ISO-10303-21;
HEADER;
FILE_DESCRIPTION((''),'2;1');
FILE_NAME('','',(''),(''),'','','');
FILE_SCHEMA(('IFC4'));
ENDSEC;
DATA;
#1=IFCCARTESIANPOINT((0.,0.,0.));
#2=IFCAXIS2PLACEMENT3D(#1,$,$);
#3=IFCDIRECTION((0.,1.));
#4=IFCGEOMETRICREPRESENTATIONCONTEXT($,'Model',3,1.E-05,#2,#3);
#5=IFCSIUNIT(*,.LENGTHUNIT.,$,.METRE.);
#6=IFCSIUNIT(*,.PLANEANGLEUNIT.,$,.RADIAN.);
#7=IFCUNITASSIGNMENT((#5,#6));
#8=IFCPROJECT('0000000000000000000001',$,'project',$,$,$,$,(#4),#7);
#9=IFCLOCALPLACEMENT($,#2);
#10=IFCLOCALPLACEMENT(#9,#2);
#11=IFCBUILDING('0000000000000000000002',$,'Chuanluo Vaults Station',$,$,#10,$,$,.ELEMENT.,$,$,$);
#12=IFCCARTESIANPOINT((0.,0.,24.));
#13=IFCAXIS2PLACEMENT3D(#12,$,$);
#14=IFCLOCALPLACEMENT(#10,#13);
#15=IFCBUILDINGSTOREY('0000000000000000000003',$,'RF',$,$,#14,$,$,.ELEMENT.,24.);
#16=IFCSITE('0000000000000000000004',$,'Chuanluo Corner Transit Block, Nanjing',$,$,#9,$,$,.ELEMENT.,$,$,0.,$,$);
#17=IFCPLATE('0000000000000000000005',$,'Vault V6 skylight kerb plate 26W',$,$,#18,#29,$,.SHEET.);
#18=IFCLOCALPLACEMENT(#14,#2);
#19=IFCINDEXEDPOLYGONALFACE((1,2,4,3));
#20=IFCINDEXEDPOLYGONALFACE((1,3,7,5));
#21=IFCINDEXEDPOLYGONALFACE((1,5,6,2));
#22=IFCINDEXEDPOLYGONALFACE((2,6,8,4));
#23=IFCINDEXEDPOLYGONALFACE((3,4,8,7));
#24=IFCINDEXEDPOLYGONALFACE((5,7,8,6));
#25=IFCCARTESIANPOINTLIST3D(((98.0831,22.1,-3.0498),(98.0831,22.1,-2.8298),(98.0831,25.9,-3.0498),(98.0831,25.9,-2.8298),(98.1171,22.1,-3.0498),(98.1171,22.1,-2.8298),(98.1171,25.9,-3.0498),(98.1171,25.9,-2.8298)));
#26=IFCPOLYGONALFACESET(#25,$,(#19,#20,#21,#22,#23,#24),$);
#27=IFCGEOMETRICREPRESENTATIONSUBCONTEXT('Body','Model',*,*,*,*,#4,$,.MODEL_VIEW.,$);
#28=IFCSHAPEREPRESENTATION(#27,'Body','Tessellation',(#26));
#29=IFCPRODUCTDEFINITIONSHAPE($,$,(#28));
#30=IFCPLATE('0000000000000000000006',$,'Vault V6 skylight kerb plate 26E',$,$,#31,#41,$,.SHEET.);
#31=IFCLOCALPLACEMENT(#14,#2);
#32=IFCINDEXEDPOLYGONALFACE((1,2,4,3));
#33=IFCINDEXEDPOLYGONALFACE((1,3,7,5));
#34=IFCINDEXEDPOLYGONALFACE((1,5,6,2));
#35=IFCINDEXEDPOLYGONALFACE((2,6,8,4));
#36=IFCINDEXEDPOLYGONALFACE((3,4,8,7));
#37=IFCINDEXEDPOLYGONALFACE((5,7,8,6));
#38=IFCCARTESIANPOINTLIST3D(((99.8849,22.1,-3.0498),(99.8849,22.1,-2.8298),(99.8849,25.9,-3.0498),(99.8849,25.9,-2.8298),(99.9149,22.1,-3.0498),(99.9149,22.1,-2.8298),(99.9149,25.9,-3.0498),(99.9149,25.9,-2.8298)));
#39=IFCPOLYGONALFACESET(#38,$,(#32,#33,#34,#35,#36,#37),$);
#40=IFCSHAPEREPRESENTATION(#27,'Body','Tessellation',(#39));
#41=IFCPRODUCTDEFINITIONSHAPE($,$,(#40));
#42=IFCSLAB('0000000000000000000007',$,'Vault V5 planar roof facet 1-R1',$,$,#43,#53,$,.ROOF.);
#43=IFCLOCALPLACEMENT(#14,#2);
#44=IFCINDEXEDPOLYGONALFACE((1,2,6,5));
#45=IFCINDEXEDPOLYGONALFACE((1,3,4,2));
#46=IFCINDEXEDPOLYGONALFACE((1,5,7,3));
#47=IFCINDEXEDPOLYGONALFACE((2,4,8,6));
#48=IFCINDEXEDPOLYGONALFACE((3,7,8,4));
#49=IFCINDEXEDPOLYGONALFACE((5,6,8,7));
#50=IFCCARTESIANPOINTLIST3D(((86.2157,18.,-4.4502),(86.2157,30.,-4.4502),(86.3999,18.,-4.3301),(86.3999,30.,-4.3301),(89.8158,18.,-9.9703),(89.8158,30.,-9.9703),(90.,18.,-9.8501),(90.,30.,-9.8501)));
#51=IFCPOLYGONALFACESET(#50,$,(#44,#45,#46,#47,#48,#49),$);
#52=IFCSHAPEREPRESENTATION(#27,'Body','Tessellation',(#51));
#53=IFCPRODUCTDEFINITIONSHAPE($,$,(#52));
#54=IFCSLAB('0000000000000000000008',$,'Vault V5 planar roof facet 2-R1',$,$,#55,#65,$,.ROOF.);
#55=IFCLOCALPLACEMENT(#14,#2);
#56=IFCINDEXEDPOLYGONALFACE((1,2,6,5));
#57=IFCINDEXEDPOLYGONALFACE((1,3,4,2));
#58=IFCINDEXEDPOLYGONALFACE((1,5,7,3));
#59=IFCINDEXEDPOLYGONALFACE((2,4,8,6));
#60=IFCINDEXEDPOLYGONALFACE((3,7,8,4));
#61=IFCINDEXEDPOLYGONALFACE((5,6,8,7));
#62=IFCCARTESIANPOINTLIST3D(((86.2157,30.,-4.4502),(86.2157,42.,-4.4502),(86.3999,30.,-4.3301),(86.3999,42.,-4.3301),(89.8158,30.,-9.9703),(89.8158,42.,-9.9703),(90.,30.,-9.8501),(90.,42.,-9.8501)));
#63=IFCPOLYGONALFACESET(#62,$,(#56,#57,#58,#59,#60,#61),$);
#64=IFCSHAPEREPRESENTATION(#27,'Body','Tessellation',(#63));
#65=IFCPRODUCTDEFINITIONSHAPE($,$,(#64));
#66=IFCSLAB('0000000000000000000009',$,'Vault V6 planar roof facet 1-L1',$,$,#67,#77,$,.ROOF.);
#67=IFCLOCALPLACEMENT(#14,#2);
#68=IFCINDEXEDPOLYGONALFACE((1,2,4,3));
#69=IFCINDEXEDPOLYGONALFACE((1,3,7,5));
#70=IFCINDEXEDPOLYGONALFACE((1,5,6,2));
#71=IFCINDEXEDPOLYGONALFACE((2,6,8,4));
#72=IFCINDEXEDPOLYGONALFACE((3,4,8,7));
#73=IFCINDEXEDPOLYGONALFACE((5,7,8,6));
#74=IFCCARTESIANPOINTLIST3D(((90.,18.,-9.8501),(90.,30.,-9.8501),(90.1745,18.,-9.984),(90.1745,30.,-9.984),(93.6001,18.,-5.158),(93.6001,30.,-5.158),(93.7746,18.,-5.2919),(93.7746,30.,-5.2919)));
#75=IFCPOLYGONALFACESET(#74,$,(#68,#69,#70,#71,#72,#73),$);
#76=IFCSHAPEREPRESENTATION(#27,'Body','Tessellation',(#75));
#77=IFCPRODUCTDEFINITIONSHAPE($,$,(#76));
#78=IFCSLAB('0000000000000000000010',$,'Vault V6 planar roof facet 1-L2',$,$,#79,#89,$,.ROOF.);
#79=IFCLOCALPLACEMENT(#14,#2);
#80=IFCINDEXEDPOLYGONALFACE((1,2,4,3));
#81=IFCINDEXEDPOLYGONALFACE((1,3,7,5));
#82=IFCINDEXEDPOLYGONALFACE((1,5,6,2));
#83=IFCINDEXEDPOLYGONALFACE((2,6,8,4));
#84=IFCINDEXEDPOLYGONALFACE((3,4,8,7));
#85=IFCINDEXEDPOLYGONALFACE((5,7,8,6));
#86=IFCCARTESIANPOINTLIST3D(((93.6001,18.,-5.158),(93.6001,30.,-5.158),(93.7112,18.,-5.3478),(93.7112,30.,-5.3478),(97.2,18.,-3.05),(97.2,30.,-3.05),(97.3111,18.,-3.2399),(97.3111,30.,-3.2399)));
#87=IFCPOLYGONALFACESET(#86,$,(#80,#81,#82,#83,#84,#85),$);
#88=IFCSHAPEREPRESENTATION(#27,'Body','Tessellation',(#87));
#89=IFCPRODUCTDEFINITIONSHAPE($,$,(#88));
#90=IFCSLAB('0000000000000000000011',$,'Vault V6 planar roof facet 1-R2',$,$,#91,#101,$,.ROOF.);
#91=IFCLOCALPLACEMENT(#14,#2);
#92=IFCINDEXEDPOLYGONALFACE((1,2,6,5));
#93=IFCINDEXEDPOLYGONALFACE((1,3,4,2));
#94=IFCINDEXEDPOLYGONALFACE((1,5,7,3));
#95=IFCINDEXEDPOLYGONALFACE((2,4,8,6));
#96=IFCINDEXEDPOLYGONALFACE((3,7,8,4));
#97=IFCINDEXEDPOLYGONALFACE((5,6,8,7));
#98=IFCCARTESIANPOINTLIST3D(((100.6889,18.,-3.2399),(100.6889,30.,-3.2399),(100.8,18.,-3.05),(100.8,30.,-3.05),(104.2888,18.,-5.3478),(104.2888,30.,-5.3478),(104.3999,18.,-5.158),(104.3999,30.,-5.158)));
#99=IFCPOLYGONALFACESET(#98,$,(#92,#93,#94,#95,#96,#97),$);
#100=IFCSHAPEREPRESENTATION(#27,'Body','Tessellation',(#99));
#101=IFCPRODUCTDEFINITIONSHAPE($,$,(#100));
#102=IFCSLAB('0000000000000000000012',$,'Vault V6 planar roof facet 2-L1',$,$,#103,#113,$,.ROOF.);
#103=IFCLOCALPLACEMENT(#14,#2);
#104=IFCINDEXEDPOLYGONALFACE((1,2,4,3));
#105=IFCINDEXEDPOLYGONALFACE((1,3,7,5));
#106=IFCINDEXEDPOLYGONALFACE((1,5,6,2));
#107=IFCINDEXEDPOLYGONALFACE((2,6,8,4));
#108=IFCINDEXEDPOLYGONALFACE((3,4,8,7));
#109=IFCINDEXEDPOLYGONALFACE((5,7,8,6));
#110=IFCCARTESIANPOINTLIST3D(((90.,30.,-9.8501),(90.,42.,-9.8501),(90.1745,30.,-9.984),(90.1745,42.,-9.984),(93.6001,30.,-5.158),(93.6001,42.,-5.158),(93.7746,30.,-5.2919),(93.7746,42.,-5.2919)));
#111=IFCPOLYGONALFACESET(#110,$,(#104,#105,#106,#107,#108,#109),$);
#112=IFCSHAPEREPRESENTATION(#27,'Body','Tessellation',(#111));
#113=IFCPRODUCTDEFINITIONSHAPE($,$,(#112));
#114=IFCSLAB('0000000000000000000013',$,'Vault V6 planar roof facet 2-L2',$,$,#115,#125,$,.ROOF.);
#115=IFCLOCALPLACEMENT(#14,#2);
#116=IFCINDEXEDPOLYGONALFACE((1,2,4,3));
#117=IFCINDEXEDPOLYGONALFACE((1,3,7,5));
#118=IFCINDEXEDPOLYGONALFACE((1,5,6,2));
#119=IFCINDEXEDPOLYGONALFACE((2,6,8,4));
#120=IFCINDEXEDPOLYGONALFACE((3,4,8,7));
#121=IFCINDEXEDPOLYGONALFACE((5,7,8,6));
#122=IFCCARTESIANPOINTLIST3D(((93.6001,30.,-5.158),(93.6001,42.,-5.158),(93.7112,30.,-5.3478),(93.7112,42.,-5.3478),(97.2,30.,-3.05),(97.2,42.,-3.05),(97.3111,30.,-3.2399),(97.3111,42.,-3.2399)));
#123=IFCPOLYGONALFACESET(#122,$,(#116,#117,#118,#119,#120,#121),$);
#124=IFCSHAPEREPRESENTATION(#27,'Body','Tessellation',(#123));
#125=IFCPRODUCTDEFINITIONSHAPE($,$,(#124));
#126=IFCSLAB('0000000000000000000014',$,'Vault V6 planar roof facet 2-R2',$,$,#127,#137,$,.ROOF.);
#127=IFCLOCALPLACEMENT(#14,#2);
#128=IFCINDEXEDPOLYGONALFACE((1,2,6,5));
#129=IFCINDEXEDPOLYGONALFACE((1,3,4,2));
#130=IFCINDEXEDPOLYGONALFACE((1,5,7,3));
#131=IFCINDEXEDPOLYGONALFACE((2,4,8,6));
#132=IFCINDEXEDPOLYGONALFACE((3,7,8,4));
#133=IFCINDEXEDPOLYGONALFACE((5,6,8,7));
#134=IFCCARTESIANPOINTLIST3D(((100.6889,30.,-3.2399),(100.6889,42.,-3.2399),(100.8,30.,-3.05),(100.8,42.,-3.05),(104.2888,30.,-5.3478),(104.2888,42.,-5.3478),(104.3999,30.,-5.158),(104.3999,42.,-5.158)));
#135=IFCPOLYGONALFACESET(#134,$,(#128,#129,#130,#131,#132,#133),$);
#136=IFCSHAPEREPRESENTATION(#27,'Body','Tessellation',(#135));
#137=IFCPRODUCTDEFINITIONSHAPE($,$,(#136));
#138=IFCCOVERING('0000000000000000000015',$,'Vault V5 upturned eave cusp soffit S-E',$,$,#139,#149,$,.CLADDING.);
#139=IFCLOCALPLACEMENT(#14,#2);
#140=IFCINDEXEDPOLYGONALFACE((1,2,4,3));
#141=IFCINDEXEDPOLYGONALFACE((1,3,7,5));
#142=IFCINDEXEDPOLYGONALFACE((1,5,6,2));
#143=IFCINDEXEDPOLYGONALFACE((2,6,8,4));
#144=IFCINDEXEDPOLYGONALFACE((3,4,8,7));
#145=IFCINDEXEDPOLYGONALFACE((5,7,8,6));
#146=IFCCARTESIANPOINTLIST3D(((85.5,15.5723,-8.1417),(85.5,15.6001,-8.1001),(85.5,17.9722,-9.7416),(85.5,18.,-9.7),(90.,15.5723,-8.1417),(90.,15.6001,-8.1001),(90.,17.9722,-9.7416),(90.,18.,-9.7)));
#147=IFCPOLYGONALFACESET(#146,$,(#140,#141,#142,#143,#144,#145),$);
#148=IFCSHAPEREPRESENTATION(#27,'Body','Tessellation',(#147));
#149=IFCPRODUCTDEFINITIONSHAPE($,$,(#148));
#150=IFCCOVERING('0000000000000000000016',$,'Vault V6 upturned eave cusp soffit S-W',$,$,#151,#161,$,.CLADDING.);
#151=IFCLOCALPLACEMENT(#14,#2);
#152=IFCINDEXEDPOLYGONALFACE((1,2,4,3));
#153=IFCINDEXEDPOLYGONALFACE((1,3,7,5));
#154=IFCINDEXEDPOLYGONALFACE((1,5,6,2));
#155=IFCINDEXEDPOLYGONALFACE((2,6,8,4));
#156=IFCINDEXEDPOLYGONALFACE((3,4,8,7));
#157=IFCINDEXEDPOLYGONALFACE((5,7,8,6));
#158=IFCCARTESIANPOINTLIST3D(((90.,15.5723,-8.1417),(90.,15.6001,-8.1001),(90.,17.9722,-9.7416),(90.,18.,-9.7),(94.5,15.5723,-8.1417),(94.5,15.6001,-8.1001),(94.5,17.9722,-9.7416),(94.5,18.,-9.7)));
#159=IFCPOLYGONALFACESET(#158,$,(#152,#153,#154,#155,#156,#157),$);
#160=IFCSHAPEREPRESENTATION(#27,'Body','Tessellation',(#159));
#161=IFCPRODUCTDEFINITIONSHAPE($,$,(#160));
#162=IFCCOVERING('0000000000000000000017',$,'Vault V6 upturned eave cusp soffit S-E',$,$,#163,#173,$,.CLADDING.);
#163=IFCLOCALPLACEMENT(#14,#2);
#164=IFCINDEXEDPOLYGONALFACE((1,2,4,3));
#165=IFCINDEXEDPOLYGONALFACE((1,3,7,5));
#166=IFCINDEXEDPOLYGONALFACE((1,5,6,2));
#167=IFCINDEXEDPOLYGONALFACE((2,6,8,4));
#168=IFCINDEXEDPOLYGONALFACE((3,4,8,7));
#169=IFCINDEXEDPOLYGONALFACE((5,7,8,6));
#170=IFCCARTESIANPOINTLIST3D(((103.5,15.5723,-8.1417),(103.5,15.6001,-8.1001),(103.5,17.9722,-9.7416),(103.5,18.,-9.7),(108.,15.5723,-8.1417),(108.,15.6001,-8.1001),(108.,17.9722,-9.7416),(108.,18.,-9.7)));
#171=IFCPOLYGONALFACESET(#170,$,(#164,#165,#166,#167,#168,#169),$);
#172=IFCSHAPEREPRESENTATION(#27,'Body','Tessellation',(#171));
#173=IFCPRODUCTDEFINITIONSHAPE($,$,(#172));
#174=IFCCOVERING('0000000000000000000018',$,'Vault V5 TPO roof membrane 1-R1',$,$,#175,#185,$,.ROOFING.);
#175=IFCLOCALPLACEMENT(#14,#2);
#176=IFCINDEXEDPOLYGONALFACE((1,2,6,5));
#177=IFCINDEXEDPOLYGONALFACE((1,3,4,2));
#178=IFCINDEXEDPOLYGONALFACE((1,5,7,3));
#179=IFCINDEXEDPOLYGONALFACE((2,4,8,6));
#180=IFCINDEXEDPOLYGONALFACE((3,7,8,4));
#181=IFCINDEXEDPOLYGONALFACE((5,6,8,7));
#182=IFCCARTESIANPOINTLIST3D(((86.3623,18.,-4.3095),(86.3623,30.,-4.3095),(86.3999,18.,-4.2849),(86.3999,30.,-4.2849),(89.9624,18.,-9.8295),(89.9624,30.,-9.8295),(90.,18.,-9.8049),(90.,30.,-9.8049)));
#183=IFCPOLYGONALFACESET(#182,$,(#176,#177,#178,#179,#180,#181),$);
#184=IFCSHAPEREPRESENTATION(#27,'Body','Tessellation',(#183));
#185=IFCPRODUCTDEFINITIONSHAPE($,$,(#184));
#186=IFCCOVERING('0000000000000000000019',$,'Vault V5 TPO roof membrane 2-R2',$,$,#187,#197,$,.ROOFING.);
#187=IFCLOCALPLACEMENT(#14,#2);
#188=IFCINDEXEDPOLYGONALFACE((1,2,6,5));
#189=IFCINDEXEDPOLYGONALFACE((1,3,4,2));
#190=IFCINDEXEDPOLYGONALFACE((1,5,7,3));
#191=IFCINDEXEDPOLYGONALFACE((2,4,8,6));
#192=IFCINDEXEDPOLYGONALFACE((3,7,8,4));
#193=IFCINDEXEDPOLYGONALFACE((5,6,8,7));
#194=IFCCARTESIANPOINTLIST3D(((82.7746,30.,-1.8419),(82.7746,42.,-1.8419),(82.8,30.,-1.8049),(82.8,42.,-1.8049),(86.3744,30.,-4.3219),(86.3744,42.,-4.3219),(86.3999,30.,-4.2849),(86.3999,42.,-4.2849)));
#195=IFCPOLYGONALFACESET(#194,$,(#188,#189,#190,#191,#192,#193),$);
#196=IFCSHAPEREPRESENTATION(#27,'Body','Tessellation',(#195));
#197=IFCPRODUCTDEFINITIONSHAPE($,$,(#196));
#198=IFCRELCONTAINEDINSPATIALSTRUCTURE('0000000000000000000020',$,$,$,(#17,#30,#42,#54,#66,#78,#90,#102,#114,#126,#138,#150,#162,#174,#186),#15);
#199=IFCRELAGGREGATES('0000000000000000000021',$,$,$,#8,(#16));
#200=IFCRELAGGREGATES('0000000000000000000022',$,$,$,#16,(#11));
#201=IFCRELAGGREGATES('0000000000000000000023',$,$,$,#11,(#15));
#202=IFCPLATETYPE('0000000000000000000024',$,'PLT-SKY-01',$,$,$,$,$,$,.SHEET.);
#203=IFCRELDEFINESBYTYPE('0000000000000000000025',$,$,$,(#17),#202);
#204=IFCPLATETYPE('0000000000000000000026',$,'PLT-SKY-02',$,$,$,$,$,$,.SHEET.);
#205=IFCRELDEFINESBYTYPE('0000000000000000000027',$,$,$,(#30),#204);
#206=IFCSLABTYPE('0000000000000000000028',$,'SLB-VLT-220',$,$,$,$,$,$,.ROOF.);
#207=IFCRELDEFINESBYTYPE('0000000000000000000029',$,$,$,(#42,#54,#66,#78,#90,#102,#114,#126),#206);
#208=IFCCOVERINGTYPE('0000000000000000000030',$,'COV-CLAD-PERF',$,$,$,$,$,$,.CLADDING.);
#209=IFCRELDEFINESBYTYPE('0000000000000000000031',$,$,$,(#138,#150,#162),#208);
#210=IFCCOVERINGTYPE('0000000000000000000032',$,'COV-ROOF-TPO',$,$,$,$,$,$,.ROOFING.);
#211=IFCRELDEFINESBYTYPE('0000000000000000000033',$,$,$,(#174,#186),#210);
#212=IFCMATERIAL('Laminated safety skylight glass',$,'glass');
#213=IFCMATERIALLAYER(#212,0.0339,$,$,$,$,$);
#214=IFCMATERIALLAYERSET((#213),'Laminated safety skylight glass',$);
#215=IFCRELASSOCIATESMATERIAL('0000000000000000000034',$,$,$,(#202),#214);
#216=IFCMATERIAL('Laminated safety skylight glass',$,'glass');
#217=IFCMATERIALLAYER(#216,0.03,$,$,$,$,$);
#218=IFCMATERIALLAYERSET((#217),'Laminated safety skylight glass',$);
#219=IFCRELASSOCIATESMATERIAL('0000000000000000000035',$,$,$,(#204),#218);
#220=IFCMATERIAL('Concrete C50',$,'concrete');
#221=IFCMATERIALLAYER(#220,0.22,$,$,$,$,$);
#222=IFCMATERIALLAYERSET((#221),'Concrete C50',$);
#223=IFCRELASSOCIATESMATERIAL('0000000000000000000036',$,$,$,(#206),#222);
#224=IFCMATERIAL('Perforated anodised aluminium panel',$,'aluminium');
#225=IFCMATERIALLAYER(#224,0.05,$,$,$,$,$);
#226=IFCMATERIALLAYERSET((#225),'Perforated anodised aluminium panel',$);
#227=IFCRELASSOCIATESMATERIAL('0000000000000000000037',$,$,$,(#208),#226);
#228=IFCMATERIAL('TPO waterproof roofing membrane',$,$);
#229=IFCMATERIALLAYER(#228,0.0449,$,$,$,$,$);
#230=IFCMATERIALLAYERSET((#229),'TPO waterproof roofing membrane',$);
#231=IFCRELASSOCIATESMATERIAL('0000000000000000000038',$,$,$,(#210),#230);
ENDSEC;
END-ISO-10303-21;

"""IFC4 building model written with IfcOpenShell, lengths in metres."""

from ifc_helpers import new_model, si_unit, direction, frame, origin, origin_2d, place, context, subcontext, project, spatial, polyline, rectangle, outline, extrude, material, layer, layer_set, type_object, element, save


model = new_model("IFC4")

# Units and contexts
model_context = context("Model", 3, precision=1e-05, world=origin(), true_north=direction((0.0, 1.0)))
body_context = subcontext(model_context, "Body", "Model", "MODEL_VIEW")
ifc_project = project(units=[si_unit("LENGTHUNIT", "METRE"), si_unit("PLANEANGLEUNIT", "RADIAN")], contexts=[model_context])

# Site, building, storey
site_placement = place(None, origin())
site = spatial("IfcSite", under=ifc_project, at=site_placement, Name="Chuanluo Corner Transit Block, Nanjing", CompositionType="ELEMENT", RefElevation=0.0)
building_placement = place(site_placement, origin())
building = spatial("IfcBuilding", under=site, at=building_placement, Name="Chuanluo Vaults Station", CompositionType="ELEMENT")
storey_placement = place(building_placement, frame((0.0, 0.0, 24.0)))
storey = spatial("IfcBuildingStorey", under=building, at=storey_placement, Name="RF", CompositionType="ELEMENT", Elevation=24.0)

# Plates
ifc_material_1 = material(Name="Laminated safety skylight glass", Category="glass")
ifc_layer_1 = layer(ifc_material_1, 0.0339)
ifc_layer_set_1 = layer_set([ifc_layer_1], Name="Laminated safety skylight glass")
plate_type_1 = type_object("IfcPlateType", Name="PLT-SKY-01", PredefinedType="SHEET", material=ifc_layer_set_1)
plate_1_placement = place(storey_placement, frame((98.1001, 24.0, -3.0498), z_axis=(0.0, 0.0, 1.0), x_axis=(1.0, 0.0, 0.0)))
element("IfcPlate", 1, at=plate_1_placement, inside=storey, type_object=plate_type_1, Name="Vault V6 skylight kerb plate 26W", PredefinedType="SHEET", context=body_context, shape_type="SweptSolid", body=[
    extrude(rectangle(XDim=0.0339, YDim=3.8, at=origin_2d()), origin(), (0.0, 0.0, 1.0), 0.22),
])
ifc_material_2 = material(Name="Laminated safety skylight glass", Category="glass")
ifc_layer_2 = layer(ifc_material_2, 0.03)
ifc_layer_set_2 = layer_set([ifc_layer_2], Name="Laminated safety skylight glass")
plate_type_2 = type_object("IfcPlateType", Name="PLT-SKY-02", PredefinedType="SHEET", material=ifc_layer_set_2)
plate_2_placement = place(storey_placement, frame((99.8999, 24.0, -3.0498), z_axis=(0.0, 0.0, 1.0), x_axis=(1.0, 0.0, 0.0)))
element("IfcPlate", 2, at=plate_2_placement, inside=storey, type_object=plate_type_2, Name="Vault V6 skylight kerb plate 26E", PredefinedType="SHEET", context=body_context, shape_type="SweptSolid", body=[
    extrude(rectangle(XDim=0.03, YDim=3.8, at=origin_2d()), origin(), (0.0, 0.0, 1.0), 0.22),
])

# Slabs
ifc_material_3 = material(Name="Concrete C50", Category="concrete")
ifc_layer_3 = layer(ifc_material_3, 0.22)
ifc_layer_set_3 = layer_set([ifc_layer_3], Name="Concrete C50")
slab_type = type_object("IfcSlabType", Name="SLB-VLT-220", PredefinedType="ROOF", material=ifc_layer_set_3)
for number, where, z_axis, x_axis, name in (
    (3, (86.3999, 18.0, -4.3301), (0.837605, 0.0, 0.546277), (0.546277, 0.0, -0.837605), "Vault V5 planar roof facet 1-R1"),
    (4, (86.3999, 30.0, -4.3301), (0.837605, 0.0, 0.546277), (0.546277, 0.0, -0.837605), "Vault V5 planar roof facet 2-R1"),
):
    element("IfcSlab", number, at=place(storey_placement, frame(where, z_axis=z_axis, x_axis=x_axis)), inside=storey, type_object=slab_type, Name=name, PredefinedType="ROOF", context=body_context, shape_type="SweptSolid", body=[
        extrude(outline(polyline([(0.0, 0.0), (6.5902, 0.0), (6.5902, 12.0), (0.0, 12.0), (0.0, 0.0)])), origin(), (0.0, 0.0, -1.0), 0.22),
    ])
slab_1_placement = place(storey_placement, frame((90.0, 18.0, -9.8501), z_axis=(-0.793378, 0.0, 0.608729), x_axis=(0.608729, 0.0, 0.793378)))
element("IfcSlab", 5, at=slab_1_placement, inside=storey, type_object=slab_type, Name="Vault V6 planar roof facet 1-L1", PredefinedType="ROOF", context=body_context, shape_type="SweptSolid", body=[
    extrude(outline(polyline([(0.0, 0.0), (5.9141, 0.0), (5.9141, 12.0), (0.0, 12.0), (0.0, 0.0)])), origin(), (0.0, 0.0, -1.0), 0.22),
])
for number, where, z_axis, x_axis, name in (
    (6, (93.6001, 18.0, -5.158), (-0.5053, 0.0, 0.862944), (0.862944, 0.0, 0.5053), "Vault V6 planar roof facet 1-L2"),
    (7, (100.8, 18.0, -3.05), (0.5053, 0.0, 0.862944), (0.862944, 0.0, -0.5053), "Vault V6 planar roof facet 1-R2"),
):
    element("IfcSlab", number, at=place(storey_placement, frame(where, z_axis=z_axis, x_axis=x_axis)), inside=storey, type_object=slab_type, Name=name, PredefinedType="ROOF", context=body_context, shape_type="SweptSolid", body=[
        extrude(outline(polyline([(0.0, 0.0), (4.1716, 0.0), (4.1716, 12.0), (0.0, 12.0), (0.0, 0.0)])), origin(), (0.0, 0.0, -1.0), 0.22),
    ])
slab_2_placement = place(storey_placement, frame((90.0, 30.0, -9.8501), z_axis=(-0.793378, 0.0, 0.608729), x_axis=(0.608729, 0.0, 0.793378)))
element("IfcSlab", 8, at=slab_2_placement, inside=storey, type_object=slab_type, Name="Vault V6 planar roof facet 2-L1", PredefinedType="ROOF", context=body_context, shape_type="SweptSolid", body=[
    extrude(outline(polyline([(0.0, 0.0), (5.9141, 0.0), (5.9141, 12.0), (0.0, 12.0), (0.0, 0.0)])), origin(), (0.0, 0.0, -1.0), 0.22),
])
for number, where, z_axis, x_axis, name in (
    (9, (93.6001, 30.0, -5.158), (-0.5053, 0.0, 0.862944), (0.862944, 0.0, 0.5053), "Vault V6 planar roof facet 2-L2"),
    (10, (100.8, 30.0, -3.05), (0.5053, 0.0, 0.862944), (0.862944, 0.0, -0.5053), "Vault V6 planar roof facet 2-R2"),
):
    element("IfcSlab", number, at=place(storey_placement, frame(where, z_axis=z_axis, x_axis=x_axis)), inside=storey, type_object=slab_type, Name=name, PredefinedType="ROOF", context=body_context, shape_type="SweptSolid", body=[
        extrude(outline(polyline([(0.0, 0.0), (4.1716, 0.0), (4.1716, 12.0), (0.0, 12.0), (0.0, 0.0)])), origin(), (0.0, 0.0, -1.0), 0.22),
    ])

# Coverings
ifc_material_4 = material(Name="Perforated anodised aluminium panel", Category="aluminium")
ifc_layer_4 = layer(ifc_material_4, 0.05)
ifc_layer_set_4 = layer_set([ifc_layer_4], Name="Perforated anodised aluminium panel")
covering_type_1 = type_object("IfcCoveringType", Name="COV-CLAD-PERF", PredefinedType="CLADDING", material=ifc_layer_set_4)
for number, where, z_axis, x_axis, name in (
    (11, (85.5, 18.0, -9.7), (0.0, 0.554681, 0.832063), (1.0, 0.0, 0.0), "Vault V5 upturned eave cusp soffit S-E"),
    (12, (90.0, 18.0, -9.7), (0.0, 0.554681, 0.832063), (1.0, 0.0, 0.0), "Vault V6 upturned eave cusp soffit S-W"),
    (13, (103.5, 18.0, -9.7), (0.0, 0.554681, 0.832063), (1.0, 0.0, 0.0), "Vault V6 upturned eave cusp soffit S-E"),
):
    element("IfcCovering", number, at=place(storey_placement, frame(where, z_axis=z_axis, x_axis=x_axis)), inside=storey, type_object=covering_type_1, Name=name, PredefinedType="CLADDING", context=body_context, shape_type="SweptSolid", body=[
        extrude(outline(polyline([(0.0, 0.0), (4.5, 0.0), (4.5, -2.8843), (0.0, -2.8843), (0.0, 0.0)])), origin(), (0.0, 0.0, -1.0), 0.05),
    ])
ifc_material_5 = material(Name="TPO waterproof roofing membrane")
ifc_layer_5 = layer(ifc_material_5, 0.0449)
ifc_layer_set_5 = layer_set([ifc_layer_5], Name="TPO waterproof roofing membrane")
covering_type_2 = type_object("IfcCoveringType", Name="COV-ROOF-TPO", PredefinedType="ROOFING", material=ifc_layer_set_5)
covering_1_placement = place(storey_placement, frame((86.3999, 18.0, -4.2849), z_axis=(0.837605, 0.0, 0.546277), x_axis=(0.546277, 0.0, -0.837605)))
element("IfcCovering", 14, at=covering_1_placement, inside=storey, type_object=covering_type_2, Name="Vault V5 TPO roof membrane 1-R1", PredefinedType="ROOFING", context=body_context, shape_type="SweptSolid", body=[
    extrude(outline(polyline([(0.0, 0.0), (6.5902, 0.0), (6.5902, 12.0), (0.0, 12.0), (0.0, 0.0)])), origin(), (0.0, 0.0, -1.0), 0.0449),
])
covering_2_placement = place(storey_placement, frame((82.8, 30.0, -1.8049), z_axis=(0.567318, 0.0, 0.823499), x_axis=(0.823499, 0.0, -0.567318)))
element("IfcCovering", 15, at=covering_2_placement, inside=storey, type_object=covering_type_2, Name="Vault V5 TPO roof membrane 2-R2", PredefinedType="ROOFING", context=body_context, shape_type="SweptSolid", body=[
    extrude(outline(polyline([(0.0, 0.0), (4.3714, 0.0), (4.3714, 12.0), (0.0, 12.0), (0.0, 0.0)])), origin(), (0.0, 0.0, -1.0), 0.0449),
])

save(model, "model.ifc")
